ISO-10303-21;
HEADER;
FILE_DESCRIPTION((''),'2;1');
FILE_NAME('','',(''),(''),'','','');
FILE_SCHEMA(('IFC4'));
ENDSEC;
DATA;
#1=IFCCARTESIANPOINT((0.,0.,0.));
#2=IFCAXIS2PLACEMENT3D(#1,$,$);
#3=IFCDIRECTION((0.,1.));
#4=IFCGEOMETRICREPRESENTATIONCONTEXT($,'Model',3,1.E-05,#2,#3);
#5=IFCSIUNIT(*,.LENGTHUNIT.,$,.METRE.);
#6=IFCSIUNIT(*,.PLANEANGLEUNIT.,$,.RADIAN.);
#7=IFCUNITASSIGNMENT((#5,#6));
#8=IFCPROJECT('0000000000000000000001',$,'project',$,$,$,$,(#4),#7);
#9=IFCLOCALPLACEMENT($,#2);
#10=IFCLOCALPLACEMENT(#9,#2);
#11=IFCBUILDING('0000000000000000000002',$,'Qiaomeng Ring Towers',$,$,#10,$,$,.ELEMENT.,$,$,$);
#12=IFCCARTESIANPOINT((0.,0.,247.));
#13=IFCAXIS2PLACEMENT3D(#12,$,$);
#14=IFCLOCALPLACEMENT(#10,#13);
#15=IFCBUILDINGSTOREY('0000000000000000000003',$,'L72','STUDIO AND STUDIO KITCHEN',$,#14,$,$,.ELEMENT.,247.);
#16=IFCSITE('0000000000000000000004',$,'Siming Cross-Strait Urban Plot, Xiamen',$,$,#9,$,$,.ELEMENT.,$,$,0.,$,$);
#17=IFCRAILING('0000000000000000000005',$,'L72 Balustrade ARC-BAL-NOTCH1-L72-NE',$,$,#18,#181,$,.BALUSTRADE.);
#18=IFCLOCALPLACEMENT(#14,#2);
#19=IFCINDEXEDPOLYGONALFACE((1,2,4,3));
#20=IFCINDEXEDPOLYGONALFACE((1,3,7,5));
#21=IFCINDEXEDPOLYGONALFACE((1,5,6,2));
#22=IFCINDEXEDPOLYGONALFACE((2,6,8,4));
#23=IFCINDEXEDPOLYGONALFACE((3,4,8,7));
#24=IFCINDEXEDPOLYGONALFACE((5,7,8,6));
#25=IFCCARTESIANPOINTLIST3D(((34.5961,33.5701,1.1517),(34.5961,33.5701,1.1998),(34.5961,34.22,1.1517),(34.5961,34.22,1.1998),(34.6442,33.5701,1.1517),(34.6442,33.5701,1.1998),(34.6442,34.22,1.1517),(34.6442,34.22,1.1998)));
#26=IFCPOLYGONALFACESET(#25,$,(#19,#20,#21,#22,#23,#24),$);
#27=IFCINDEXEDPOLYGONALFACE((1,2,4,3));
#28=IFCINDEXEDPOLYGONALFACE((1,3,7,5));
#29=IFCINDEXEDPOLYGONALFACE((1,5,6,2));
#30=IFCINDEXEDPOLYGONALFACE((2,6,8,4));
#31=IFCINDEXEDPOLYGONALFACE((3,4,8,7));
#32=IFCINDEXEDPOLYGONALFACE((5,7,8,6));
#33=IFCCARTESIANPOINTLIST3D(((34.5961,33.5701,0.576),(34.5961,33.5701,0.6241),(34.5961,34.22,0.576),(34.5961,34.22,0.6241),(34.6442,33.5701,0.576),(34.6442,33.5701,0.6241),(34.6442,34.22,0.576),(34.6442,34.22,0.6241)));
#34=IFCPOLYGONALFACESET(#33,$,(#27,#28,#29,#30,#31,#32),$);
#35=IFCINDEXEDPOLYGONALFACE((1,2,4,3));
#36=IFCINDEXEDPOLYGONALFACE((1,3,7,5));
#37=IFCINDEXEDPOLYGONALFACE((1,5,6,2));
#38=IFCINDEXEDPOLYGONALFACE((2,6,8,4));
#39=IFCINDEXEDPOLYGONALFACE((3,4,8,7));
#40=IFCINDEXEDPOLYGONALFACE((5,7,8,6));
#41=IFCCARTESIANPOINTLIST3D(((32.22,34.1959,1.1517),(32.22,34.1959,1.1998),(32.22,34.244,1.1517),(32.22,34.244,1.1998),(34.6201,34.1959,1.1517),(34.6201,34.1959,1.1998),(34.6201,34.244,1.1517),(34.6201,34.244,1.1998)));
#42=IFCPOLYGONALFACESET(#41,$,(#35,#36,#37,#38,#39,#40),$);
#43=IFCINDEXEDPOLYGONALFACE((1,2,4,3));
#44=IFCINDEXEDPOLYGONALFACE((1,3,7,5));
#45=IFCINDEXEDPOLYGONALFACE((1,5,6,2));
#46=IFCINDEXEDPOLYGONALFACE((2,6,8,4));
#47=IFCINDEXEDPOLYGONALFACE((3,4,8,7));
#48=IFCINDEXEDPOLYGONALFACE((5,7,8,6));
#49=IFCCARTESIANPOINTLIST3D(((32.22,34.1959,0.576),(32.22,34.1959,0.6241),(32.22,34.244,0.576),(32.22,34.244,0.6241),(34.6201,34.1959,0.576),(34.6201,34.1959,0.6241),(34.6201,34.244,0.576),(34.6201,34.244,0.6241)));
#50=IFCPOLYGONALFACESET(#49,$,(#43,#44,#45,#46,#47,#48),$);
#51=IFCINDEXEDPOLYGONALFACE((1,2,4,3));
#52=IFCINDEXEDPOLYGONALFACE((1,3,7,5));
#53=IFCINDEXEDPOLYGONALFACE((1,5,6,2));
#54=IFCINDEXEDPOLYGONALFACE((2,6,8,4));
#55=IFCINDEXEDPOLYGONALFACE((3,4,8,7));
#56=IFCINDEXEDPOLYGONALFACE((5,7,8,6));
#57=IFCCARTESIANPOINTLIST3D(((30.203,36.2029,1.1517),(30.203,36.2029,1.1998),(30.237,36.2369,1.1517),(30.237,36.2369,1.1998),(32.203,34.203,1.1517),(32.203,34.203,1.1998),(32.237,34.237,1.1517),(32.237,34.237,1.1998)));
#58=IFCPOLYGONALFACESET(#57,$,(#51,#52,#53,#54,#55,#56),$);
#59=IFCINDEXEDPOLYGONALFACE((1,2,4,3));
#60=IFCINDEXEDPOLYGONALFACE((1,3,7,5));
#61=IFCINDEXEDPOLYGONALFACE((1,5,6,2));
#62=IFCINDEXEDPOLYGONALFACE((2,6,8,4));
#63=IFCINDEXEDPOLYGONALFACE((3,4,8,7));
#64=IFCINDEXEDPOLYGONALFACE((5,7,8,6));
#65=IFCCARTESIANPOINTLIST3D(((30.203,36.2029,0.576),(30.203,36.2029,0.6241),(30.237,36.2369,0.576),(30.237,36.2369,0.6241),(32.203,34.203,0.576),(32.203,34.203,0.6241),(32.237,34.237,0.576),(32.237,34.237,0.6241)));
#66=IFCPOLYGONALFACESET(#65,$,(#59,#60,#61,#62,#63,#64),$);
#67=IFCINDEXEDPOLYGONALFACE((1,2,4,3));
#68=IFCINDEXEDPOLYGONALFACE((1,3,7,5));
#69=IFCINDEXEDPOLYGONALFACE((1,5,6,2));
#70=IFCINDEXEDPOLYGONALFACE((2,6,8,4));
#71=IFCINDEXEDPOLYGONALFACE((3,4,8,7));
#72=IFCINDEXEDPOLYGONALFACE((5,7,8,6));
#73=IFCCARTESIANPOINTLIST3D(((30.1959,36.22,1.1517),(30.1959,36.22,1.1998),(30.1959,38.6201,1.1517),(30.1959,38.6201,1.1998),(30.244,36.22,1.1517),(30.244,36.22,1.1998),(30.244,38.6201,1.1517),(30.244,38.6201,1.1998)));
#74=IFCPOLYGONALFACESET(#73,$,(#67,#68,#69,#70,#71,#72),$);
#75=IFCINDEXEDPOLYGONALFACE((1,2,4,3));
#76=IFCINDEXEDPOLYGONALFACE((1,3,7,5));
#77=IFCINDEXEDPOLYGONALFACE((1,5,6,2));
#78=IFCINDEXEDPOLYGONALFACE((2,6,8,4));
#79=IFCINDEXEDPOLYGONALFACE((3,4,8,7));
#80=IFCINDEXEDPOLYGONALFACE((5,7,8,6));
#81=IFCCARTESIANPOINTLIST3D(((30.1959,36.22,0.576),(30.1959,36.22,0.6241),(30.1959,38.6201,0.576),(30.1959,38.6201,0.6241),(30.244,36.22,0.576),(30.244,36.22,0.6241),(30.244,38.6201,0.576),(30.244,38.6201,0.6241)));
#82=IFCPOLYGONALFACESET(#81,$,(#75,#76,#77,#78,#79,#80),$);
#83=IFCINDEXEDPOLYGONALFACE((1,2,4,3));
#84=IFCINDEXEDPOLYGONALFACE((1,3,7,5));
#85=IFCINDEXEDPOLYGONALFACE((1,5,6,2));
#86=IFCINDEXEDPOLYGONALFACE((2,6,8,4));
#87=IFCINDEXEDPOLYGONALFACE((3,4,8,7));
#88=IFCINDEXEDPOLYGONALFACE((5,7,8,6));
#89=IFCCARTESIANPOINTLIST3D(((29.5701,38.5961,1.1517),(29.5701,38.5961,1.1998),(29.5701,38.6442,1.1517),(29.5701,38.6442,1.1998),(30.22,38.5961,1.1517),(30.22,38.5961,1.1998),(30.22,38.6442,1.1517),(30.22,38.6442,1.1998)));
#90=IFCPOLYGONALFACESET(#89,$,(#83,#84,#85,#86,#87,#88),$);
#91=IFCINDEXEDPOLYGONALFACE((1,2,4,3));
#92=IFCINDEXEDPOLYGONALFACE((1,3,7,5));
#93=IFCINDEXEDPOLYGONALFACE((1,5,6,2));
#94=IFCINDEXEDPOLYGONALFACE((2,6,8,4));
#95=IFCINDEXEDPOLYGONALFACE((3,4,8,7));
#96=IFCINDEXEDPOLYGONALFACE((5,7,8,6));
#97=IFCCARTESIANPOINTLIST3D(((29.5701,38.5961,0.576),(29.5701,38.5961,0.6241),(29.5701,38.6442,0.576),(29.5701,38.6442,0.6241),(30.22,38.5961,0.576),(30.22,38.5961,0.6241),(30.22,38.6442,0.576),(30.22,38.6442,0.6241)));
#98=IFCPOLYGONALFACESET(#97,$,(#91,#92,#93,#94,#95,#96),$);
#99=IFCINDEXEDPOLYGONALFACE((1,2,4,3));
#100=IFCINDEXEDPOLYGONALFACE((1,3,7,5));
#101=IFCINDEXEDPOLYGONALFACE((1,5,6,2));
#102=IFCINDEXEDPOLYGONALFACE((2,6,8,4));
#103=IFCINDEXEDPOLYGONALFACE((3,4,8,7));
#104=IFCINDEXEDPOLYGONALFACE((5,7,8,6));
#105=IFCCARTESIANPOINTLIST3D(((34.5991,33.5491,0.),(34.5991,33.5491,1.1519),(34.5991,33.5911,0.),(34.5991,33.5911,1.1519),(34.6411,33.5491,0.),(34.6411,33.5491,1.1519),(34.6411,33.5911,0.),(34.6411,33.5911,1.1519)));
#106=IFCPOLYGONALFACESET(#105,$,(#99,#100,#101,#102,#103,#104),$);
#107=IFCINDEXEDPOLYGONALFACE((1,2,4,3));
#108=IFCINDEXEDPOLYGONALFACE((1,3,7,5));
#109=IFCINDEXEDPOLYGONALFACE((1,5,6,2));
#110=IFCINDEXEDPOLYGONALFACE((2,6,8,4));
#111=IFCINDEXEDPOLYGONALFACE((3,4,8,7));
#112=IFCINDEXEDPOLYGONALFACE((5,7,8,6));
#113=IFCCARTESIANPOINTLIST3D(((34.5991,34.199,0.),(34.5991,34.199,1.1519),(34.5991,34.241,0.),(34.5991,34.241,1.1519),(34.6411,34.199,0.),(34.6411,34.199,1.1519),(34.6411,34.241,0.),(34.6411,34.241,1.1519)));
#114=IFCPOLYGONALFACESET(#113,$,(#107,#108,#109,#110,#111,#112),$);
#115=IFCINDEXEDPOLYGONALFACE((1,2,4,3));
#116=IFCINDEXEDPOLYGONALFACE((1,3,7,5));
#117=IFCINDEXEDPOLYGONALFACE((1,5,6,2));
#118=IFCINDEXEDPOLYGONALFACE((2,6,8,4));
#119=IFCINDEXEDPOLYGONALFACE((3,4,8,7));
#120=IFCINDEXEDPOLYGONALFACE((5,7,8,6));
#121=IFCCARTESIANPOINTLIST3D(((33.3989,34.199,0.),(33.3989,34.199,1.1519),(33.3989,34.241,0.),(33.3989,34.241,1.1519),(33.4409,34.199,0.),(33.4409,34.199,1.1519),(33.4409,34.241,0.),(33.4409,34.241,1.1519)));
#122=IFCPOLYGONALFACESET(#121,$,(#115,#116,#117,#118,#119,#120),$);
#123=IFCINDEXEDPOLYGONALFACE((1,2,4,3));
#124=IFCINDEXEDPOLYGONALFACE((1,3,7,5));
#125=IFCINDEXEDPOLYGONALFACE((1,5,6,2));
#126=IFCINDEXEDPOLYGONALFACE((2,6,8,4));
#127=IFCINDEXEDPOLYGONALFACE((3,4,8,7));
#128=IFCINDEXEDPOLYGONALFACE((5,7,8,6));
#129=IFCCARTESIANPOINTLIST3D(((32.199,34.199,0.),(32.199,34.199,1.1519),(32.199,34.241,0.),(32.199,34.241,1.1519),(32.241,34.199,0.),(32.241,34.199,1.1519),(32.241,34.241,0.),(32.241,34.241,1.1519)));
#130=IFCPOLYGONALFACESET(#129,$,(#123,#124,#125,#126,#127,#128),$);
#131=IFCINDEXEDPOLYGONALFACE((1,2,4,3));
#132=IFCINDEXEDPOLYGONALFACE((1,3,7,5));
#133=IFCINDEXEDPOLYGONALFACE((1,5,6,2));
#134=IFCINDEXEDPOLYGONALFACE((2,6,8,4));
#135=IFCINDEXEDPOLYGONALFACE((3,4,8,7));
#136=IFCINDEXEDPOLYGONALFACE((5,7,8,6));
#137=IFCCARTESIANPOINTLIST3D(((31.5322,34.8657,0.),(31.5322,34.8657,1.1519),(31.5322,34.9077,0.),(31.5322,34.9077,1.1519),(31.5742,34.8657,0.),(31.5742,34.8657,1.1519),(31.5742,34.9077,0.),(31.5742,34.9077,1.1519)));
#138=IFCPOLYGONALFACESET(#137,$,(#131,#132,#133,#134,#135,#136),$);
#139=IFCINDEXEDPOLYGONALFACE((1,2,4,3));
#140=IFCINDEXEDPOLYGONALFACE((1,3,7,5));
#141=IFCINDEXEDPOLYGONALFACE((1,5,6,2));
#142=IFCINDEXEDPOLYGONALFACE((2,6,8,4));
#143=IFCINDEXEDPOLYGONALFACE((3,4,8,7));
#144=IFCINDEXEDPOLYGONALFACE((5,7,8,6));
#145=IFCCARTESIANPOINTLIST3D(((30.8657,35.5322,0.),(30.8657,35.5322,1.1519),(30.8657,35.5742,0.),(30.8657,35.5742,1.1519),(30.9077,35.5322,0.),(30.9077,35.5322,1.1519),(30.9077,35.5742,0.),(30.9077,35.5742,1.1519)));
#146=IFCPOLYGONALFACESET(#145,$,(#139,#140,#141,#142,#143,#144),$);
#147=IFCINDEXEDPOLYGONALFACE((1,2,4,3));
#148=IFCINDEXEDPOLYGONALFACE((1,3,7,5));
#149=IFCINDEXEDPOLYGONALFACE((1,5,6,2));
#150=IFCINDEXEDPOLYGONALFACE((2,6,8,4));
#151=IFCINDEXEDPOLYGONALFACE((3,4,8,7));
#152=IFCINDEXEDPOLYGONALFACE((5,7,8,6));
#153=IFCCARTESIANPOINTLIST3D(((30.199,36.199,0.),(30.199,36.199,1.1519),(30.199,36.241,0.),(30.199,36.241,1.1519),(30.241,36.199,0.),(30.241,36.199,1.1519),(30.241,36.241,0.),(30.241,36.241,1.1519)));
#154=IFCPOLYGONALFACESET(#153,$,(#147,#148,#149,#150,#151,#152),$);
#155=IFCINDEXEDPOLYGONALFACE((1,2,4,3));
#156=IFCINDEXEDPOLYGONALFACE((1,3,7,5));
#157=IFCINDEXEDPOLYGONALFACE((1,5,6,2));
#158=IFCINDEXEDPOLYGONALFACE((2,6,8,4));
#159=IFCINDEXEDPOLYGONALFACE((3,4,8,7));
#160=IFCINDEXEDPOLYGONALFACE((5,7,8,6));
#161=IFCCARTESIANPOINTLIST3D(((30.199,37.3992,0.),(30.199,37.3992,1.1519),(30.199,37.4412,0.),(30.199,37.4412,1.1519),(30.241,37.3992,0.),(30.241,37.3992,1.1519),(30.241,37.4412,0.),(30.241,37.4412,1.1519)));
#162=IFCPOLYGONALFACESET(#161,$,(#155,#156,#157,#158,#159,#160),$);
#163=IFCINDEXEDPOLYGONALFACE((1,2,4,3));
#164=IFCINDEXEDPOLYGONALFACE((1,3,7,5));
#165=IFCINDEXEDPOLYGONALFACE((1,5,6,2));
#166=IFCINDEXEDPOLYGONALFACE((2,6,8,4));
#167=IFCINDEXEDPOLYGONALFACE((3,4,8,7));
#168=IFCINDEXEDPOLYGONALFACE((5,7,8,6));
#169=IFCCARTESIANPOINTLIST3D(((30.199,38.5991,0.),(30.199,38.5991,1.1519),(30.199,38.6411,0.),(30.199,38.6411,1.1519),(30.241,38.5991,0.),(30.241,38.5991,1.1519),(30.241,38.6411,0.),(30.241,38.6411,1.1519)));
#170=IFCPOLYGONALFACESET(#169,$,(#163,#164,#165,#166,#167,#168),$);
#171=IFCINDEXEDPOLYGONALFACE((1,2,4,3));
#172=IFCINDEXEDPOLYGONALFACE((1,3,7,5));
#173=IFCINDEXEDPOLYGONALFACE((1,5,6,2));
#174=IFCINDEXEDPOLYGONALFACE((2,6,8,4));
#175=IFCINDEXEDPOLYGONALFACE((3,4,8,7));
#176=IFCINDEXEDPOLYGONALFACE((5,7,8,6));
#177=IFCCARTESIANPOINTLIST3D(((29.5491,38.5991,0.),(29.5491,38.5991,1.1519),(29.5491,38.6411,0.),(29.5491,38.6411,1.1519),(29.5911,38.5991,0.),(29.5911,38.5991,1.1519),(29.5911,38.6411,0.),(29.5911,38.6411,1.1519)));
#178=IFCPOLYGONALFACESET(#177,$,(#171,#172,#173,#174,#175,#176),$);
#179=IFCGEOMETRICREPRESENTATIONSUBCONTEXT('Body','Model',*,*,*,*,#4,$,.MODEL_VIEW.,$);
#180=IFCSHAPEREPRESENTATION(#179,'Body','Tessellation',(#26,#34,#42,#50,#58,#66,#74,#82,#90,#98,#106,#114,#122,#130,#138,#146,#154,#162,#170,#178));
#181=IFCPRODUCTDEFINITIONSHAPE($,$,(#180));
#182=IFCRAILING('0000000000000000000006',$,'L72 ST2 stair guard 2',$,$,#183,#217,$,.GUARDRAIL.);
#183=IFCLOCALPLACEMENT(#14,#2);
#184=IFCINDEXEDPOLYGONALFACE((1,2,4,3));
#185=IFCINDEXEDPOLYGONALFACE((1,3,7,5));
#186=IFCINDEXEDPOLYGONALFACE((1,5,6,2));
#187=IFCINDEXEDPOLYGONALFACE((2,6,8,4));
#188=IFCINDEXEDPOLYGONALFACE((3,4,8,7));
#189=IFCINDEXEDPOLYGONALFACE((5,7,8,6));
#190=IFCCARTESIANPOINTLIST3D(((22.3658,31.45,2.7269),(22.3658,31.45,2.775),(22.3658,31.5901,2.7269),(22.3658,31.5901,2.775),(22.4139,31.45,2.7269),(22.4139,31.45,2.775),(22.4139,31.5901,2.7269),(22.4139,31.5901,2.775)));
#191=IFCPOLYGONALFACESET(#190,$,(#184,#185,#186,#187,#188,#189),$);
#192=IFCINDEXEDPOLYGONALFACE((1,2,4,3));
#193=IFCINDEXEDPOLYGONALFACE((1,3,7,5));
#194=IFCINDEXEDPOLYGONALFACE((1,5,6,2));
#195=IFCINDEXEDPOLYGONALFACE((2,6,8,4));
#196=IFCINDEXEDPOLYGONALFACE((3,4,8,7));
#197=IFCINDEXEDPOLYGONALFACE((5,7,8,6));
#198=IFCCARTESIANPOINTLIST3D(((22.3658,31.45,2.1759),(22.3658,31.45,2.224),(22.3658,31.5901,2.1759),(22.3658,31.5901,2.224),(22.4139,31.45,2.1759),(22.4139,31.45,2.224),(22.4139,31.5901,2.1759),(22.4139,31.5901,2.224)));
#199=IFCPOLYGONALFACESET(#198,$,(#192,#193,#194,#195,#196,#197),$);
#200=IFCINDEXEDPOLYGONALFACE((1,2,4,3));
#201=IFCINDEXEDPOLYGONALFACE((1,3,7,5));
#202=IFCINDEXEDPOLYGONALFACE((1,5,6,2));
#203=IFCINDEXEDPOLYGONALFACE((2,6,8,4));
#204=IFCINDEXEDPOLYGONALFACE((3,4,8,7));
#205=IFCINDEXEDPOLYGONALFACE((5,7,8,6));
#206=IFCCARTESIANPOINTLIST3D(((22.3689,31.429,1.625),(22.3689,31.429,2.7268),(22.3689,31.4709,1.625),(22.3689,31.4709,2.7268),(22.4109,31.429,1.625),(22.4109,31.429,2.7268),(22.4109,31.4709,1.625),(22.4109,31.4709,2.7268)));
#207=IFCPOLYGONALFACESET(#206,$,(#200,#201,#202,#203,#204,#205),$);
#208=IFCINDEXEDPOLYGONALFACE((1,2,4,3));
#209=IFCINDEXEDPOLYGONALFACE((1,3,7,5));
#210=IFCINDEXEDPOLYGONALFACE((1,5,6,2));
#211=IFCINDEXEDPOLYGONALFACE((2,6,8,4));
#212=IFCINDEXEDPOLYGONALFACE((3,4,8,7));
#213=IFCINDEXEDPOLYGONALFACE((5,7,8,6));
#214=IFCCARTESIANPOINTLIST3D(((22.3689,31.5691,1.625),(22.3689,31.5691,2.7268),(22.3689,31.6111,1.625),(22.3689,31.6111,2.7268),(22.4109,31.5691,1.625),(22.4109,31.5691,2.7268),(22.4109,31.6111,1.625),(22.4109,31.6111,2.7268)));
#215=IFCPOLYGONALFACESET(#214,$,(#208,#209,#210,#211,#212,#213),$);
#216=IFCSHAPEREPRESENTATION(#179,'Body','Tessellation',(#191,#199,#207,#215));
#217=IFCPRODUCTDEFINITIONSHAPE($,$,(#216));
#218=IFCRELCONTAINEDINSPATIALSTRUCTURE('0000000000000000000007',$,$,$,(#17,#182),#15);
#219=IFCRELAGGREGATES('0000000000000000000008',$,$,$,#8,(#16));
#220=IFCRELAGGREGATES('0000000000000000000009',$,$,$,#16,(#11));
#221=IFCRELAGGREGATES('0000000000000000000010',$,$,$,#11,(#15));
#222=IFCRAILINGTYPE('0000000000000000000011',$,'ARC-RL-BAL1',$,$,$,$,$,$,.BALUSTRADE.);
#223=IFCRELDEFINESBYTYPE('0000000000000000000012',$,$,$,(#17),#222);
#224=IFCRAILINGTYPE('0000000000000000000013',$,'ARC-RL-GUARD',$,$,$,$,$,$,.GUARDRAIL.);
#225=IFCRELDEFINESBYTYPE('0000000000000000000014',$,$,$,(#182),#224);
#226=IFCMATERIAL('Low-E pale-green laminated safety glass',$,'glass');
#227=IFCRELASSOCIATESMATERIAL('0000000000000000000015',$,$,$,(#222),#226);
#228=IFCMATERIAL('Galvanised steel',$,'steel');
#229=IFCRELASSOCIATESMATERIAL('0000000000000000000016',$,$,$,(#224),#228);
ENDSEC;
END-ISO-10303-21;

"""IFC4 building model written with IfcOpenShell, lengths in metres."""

from ifc_helpers import new_model, si_unit, direction, frame, origin, origin_2d, place, context, subcontext, project, spatial, rectangle, extrude, material, type_object, element, save


model = new_model("IFC4")

# Units and contexts
model_context = context("Model", 3, precision=1e-05, world=origin(), true_north=direction((0.0, 1.0)))
body_context = subcontext(model_context, "Body", "Model", "MODEL_VIEW")
ifc_project = project(units=[si_unit("LENGTHUNIT", "METRE"), si_unit("PLANEANGLEUNIT", "RADIAN")], contexts=[model_context])

# Site, building, storey
site_placement = place(None, origin())
site = spatial("IfcSite", under=ifc_project, at=site_placement, Name="Siming Cross-Strait Urban Plot, Xiamen", CompositionType="ELEMENT", RefElevation=0.0)
building_placement = place(site_placement, origin())
building = spatial("IfcBuilding", under=site, at=building_placement, Name="Qiaomeng Ring Towers", CompositionType="ELEMENT")
storey_placement = place(building_placement, frame((0.0, 0.0, 247.0)))
storey = spatial("IfcBuildingStorey", under=building, at=storey_placement, Name="L72", Description="STUDIO AND STUDIO KITCHEN", CompositionType="ELEMENT", Elevation=247.0)

# Railings
ifc_material_1 = material(Name="Low-E pale-green laminated safety glass", Category="glass")
railing_type_1 = type_object("IfcRailingType", Name="ARC-RL-BAL1", PredefinedType="BALUSTRADE", material=ifc_material_1)
railing_1_placement = place(storey_placement, frame((34.6201, 33.5701, 0.0)))
element("IfcRailing", 1, at=railing_1_placement, inside=storey, type_object=railing_type_1, Name="L72 Balustrade ARC-BAL-NOTCH1-L72-NE", PredefinedType="BALUSTRADE", context=body_context, shape_type="SweptSolid", body=[
    extrude(rectangle(XDim=0.0481, YDim=0.0481, at=origin_2d()), frame((0.0, 0.0, 1.1758), z_axis=(0.0, 1.0, 0.0), x_axis=(-1.0, 0.0, 0.0)), (0.0, 0.0, 1.0), 0.6499),
    extrude(rectangle(XDim=0.0481, YDim=0.0481, at=origin_2d()), frame((0.0, 0.0, 0.6001), z_axis=(0.0, 1.0, 0.0), x_axis=(-1.0, 0.0, 0.0)), (0.0, 0.0, 1.0), 0.6499),
    extrude(rectangle(XDim=0.0481, YDim=0.0481, at=origin_2d()), frame((0.0, 0.6499, 1.1758), z_axis=(-1.0, 0.0, 0.0), x_axis=(0.0, -1.0, 0.0)), (0.0, 0.0, 1.0), 2.4001),
    extrude(rectangle(XDim=0.0481, YDim=0.0481, at=origin_2d()), frame((0.0, 0.6499, 0.6001), z_axis=(-1.0, 0.0, 0.0), x_axis=(0.0, -1.0, 0.0)), (0.0, 0.0, 1.0), 2.4001),
    extrude(rectangle(XDim=0.0481, YDim=0.0481, at=origin_2d()), frame((-2.4001, 0.6499, 1.1758), z_axis=(-0.707107, 0.707107, 0.0), x_axis=(-0.707107, -0.707107, 0.0)), (0.0, 0.0, 1.0), 2.8284),
    extrude(rectangle(XDim=0.0481, YDim=0.0481, at=origin_2d()), frame((-2.4001, 0.6499, 0.6001), z_axis=(-0.707107, 0.707107, 0.0), x_axis=(-0.707107, -0.707107, 0.0)), (0.0, 0.0, 1.0), 2.8284),
    extrude(rectangle(XDim=0.0481, YDim=0.0481, at=origin_2d()), frame((-4.4001, 2.6499, 1.1758), z_axis=(0.0, 1.0, 0.0), x_axis=(-1.0, 0.0, 0.0)), (0.0, 0.0, 1.0), 2.4001),
    extrude(rectangle(XDim=0.0481, YDim=0.0481, at=origin_2d()), frame((-4.4001, 2.6499, 0.6001), z_axis=(0.0, 1.0, 0.0), x_axis=(-1.0, 0.0, 0.0)), (0.0, 0.0, 1.0), 2.4001),
    extrude(rectangle(XDim=0.0481, YDim=0.0481, at=origin_2d()), frame((-4.4001, 5.05, 1.1758), z_axis=(-1.0, 0.0, 0.0), x_axis=(0.0, -1.0, 0.0)), (0.0, 0.0, 1.0), 0.6499),
    extrude(rectangle(XDim=0.0481, YDim=0.0481, at=origin_2d()), frame((-4.4001, 5.05, 0.6001), z_axis=(-1.0, 0.0, 0.0), x_axis=(0.0, -1.0, 0.0)), (0.0, 0.0, 1.0), 0.6499),
    extrude(rectangle(XDim=0.042, YDim=0.042, at=origin_2d()), origin(), (0.0, 0.0, 1.0), 1.1519),
    extrude(rectangle(XDim=0.042, YDim=0.042, at=origin_2d()), frame((0.0, 0.6499, 0.0)), (0.0, 0.0, 1.0), 1.1519),
    extrude(rectangle(XDim=0.042, YDim=0.042, at=origin_2d()), frame((-1.2002, 0.6499, 0.0)), (0.0, 0.0, 1.0), 1.1519),
    extrude(rectangle(XDim=0.042, YDim=0.042, at=origin_2d()), frame((-2.4001, 0.6499, 0.0)), (0.0, 0.0, 1.0), 1.1519),
    extrude(rectangle(XDim=0.042, YDim=0.042, at=origin_2d()), frame((-3.0669, 1.3167, 0.0)), (0.0, 0.0, 1.0), 1.1519),
    extrude(rectangle(XDim=0.042, YDim=0.042, at=origin_2d()), frame((-3.7334, 1.9832, 0.0)), (0.0, 0.0, 1.0), 1.1519),
    extrude(rectangle(XDim=0.042, YDim=0.042, at=origin_2d()), frame((-4.4001, 2.6499, 0.0)), (0.0, 0.0, 1.0), 1.1519),
    extrude(rectangle(XDim=0.042, YDim=0.042, at=origin_2d()), frame((-4.4001, 3.8501, 0.0)), (0.0, 0.0, 1.0), 1.1519),
    extrude(rectangle(XDim=0.042, YDim=0.042, at=origin_2d()), frame((-4.4001, 5.05, 0.0)), (0.0, 0.0, 1.0), 1.1519),
    extrude(rectangle(XDim=0.042, YDim=0.042, at=origin_2d()), frame((-5.05, 5.05, 0.0)), (0.0, 0.0, 1.0), 1.1519),
])
ifc_material_2 = material(Name="Galvanised steel", Category="steel")
railing_type_2 = type_object("IfcRailingType", Name="ARC-RL-GUARD", PredefinedType="GUARDRAIL", material=ifc_material_2)
railing_2_placement = place(storey_placement, frame((22.3899, 31.45, 1.625)))
element("IfcRailing", 2, at=railing_2_placement, inside=storey, type_object=railing_type_2, Name="L72 ST2 stair guard 2", PredefinedType="GUARDRAIL", context=body_context, shape_type="SweptSolid", body=[
    extrude(rectangle(XDim=0.0481, YDim=0.0481, at=origin_2d()), frame((0.0, 0.0, 1.126), z_axis=(0.0, 1.0, 0.0), x_axis=(-1.0, 0.0, 0.0)), (0.0, 0.0, 1.0), 0.1401),
    extrude(rectangle(XDim=0.0481, YDim=0.0481, at=origin_2d()), frame((0.0, 0.0, 0.575), z_axis=(0.0, 1.0, 0.0), x_axis=(-1.0, 0.0, 0.0)), (0.0, 0.0, 1.0), 0.1401),
    extrude(rectangle(XDim=0.042, YDim=0.042, at=origin_2d()), origin(), (0.0, 0.0, 1.0), 1.1018),
    extrude(rectangle(XDim=0.042, YDim=0.042, at=origin_2d()), frame((0.0, 0.1401, 0.0)), (0.0, 0.0, 1.0), 1.1018),
])

save(model, "model.ifc")
